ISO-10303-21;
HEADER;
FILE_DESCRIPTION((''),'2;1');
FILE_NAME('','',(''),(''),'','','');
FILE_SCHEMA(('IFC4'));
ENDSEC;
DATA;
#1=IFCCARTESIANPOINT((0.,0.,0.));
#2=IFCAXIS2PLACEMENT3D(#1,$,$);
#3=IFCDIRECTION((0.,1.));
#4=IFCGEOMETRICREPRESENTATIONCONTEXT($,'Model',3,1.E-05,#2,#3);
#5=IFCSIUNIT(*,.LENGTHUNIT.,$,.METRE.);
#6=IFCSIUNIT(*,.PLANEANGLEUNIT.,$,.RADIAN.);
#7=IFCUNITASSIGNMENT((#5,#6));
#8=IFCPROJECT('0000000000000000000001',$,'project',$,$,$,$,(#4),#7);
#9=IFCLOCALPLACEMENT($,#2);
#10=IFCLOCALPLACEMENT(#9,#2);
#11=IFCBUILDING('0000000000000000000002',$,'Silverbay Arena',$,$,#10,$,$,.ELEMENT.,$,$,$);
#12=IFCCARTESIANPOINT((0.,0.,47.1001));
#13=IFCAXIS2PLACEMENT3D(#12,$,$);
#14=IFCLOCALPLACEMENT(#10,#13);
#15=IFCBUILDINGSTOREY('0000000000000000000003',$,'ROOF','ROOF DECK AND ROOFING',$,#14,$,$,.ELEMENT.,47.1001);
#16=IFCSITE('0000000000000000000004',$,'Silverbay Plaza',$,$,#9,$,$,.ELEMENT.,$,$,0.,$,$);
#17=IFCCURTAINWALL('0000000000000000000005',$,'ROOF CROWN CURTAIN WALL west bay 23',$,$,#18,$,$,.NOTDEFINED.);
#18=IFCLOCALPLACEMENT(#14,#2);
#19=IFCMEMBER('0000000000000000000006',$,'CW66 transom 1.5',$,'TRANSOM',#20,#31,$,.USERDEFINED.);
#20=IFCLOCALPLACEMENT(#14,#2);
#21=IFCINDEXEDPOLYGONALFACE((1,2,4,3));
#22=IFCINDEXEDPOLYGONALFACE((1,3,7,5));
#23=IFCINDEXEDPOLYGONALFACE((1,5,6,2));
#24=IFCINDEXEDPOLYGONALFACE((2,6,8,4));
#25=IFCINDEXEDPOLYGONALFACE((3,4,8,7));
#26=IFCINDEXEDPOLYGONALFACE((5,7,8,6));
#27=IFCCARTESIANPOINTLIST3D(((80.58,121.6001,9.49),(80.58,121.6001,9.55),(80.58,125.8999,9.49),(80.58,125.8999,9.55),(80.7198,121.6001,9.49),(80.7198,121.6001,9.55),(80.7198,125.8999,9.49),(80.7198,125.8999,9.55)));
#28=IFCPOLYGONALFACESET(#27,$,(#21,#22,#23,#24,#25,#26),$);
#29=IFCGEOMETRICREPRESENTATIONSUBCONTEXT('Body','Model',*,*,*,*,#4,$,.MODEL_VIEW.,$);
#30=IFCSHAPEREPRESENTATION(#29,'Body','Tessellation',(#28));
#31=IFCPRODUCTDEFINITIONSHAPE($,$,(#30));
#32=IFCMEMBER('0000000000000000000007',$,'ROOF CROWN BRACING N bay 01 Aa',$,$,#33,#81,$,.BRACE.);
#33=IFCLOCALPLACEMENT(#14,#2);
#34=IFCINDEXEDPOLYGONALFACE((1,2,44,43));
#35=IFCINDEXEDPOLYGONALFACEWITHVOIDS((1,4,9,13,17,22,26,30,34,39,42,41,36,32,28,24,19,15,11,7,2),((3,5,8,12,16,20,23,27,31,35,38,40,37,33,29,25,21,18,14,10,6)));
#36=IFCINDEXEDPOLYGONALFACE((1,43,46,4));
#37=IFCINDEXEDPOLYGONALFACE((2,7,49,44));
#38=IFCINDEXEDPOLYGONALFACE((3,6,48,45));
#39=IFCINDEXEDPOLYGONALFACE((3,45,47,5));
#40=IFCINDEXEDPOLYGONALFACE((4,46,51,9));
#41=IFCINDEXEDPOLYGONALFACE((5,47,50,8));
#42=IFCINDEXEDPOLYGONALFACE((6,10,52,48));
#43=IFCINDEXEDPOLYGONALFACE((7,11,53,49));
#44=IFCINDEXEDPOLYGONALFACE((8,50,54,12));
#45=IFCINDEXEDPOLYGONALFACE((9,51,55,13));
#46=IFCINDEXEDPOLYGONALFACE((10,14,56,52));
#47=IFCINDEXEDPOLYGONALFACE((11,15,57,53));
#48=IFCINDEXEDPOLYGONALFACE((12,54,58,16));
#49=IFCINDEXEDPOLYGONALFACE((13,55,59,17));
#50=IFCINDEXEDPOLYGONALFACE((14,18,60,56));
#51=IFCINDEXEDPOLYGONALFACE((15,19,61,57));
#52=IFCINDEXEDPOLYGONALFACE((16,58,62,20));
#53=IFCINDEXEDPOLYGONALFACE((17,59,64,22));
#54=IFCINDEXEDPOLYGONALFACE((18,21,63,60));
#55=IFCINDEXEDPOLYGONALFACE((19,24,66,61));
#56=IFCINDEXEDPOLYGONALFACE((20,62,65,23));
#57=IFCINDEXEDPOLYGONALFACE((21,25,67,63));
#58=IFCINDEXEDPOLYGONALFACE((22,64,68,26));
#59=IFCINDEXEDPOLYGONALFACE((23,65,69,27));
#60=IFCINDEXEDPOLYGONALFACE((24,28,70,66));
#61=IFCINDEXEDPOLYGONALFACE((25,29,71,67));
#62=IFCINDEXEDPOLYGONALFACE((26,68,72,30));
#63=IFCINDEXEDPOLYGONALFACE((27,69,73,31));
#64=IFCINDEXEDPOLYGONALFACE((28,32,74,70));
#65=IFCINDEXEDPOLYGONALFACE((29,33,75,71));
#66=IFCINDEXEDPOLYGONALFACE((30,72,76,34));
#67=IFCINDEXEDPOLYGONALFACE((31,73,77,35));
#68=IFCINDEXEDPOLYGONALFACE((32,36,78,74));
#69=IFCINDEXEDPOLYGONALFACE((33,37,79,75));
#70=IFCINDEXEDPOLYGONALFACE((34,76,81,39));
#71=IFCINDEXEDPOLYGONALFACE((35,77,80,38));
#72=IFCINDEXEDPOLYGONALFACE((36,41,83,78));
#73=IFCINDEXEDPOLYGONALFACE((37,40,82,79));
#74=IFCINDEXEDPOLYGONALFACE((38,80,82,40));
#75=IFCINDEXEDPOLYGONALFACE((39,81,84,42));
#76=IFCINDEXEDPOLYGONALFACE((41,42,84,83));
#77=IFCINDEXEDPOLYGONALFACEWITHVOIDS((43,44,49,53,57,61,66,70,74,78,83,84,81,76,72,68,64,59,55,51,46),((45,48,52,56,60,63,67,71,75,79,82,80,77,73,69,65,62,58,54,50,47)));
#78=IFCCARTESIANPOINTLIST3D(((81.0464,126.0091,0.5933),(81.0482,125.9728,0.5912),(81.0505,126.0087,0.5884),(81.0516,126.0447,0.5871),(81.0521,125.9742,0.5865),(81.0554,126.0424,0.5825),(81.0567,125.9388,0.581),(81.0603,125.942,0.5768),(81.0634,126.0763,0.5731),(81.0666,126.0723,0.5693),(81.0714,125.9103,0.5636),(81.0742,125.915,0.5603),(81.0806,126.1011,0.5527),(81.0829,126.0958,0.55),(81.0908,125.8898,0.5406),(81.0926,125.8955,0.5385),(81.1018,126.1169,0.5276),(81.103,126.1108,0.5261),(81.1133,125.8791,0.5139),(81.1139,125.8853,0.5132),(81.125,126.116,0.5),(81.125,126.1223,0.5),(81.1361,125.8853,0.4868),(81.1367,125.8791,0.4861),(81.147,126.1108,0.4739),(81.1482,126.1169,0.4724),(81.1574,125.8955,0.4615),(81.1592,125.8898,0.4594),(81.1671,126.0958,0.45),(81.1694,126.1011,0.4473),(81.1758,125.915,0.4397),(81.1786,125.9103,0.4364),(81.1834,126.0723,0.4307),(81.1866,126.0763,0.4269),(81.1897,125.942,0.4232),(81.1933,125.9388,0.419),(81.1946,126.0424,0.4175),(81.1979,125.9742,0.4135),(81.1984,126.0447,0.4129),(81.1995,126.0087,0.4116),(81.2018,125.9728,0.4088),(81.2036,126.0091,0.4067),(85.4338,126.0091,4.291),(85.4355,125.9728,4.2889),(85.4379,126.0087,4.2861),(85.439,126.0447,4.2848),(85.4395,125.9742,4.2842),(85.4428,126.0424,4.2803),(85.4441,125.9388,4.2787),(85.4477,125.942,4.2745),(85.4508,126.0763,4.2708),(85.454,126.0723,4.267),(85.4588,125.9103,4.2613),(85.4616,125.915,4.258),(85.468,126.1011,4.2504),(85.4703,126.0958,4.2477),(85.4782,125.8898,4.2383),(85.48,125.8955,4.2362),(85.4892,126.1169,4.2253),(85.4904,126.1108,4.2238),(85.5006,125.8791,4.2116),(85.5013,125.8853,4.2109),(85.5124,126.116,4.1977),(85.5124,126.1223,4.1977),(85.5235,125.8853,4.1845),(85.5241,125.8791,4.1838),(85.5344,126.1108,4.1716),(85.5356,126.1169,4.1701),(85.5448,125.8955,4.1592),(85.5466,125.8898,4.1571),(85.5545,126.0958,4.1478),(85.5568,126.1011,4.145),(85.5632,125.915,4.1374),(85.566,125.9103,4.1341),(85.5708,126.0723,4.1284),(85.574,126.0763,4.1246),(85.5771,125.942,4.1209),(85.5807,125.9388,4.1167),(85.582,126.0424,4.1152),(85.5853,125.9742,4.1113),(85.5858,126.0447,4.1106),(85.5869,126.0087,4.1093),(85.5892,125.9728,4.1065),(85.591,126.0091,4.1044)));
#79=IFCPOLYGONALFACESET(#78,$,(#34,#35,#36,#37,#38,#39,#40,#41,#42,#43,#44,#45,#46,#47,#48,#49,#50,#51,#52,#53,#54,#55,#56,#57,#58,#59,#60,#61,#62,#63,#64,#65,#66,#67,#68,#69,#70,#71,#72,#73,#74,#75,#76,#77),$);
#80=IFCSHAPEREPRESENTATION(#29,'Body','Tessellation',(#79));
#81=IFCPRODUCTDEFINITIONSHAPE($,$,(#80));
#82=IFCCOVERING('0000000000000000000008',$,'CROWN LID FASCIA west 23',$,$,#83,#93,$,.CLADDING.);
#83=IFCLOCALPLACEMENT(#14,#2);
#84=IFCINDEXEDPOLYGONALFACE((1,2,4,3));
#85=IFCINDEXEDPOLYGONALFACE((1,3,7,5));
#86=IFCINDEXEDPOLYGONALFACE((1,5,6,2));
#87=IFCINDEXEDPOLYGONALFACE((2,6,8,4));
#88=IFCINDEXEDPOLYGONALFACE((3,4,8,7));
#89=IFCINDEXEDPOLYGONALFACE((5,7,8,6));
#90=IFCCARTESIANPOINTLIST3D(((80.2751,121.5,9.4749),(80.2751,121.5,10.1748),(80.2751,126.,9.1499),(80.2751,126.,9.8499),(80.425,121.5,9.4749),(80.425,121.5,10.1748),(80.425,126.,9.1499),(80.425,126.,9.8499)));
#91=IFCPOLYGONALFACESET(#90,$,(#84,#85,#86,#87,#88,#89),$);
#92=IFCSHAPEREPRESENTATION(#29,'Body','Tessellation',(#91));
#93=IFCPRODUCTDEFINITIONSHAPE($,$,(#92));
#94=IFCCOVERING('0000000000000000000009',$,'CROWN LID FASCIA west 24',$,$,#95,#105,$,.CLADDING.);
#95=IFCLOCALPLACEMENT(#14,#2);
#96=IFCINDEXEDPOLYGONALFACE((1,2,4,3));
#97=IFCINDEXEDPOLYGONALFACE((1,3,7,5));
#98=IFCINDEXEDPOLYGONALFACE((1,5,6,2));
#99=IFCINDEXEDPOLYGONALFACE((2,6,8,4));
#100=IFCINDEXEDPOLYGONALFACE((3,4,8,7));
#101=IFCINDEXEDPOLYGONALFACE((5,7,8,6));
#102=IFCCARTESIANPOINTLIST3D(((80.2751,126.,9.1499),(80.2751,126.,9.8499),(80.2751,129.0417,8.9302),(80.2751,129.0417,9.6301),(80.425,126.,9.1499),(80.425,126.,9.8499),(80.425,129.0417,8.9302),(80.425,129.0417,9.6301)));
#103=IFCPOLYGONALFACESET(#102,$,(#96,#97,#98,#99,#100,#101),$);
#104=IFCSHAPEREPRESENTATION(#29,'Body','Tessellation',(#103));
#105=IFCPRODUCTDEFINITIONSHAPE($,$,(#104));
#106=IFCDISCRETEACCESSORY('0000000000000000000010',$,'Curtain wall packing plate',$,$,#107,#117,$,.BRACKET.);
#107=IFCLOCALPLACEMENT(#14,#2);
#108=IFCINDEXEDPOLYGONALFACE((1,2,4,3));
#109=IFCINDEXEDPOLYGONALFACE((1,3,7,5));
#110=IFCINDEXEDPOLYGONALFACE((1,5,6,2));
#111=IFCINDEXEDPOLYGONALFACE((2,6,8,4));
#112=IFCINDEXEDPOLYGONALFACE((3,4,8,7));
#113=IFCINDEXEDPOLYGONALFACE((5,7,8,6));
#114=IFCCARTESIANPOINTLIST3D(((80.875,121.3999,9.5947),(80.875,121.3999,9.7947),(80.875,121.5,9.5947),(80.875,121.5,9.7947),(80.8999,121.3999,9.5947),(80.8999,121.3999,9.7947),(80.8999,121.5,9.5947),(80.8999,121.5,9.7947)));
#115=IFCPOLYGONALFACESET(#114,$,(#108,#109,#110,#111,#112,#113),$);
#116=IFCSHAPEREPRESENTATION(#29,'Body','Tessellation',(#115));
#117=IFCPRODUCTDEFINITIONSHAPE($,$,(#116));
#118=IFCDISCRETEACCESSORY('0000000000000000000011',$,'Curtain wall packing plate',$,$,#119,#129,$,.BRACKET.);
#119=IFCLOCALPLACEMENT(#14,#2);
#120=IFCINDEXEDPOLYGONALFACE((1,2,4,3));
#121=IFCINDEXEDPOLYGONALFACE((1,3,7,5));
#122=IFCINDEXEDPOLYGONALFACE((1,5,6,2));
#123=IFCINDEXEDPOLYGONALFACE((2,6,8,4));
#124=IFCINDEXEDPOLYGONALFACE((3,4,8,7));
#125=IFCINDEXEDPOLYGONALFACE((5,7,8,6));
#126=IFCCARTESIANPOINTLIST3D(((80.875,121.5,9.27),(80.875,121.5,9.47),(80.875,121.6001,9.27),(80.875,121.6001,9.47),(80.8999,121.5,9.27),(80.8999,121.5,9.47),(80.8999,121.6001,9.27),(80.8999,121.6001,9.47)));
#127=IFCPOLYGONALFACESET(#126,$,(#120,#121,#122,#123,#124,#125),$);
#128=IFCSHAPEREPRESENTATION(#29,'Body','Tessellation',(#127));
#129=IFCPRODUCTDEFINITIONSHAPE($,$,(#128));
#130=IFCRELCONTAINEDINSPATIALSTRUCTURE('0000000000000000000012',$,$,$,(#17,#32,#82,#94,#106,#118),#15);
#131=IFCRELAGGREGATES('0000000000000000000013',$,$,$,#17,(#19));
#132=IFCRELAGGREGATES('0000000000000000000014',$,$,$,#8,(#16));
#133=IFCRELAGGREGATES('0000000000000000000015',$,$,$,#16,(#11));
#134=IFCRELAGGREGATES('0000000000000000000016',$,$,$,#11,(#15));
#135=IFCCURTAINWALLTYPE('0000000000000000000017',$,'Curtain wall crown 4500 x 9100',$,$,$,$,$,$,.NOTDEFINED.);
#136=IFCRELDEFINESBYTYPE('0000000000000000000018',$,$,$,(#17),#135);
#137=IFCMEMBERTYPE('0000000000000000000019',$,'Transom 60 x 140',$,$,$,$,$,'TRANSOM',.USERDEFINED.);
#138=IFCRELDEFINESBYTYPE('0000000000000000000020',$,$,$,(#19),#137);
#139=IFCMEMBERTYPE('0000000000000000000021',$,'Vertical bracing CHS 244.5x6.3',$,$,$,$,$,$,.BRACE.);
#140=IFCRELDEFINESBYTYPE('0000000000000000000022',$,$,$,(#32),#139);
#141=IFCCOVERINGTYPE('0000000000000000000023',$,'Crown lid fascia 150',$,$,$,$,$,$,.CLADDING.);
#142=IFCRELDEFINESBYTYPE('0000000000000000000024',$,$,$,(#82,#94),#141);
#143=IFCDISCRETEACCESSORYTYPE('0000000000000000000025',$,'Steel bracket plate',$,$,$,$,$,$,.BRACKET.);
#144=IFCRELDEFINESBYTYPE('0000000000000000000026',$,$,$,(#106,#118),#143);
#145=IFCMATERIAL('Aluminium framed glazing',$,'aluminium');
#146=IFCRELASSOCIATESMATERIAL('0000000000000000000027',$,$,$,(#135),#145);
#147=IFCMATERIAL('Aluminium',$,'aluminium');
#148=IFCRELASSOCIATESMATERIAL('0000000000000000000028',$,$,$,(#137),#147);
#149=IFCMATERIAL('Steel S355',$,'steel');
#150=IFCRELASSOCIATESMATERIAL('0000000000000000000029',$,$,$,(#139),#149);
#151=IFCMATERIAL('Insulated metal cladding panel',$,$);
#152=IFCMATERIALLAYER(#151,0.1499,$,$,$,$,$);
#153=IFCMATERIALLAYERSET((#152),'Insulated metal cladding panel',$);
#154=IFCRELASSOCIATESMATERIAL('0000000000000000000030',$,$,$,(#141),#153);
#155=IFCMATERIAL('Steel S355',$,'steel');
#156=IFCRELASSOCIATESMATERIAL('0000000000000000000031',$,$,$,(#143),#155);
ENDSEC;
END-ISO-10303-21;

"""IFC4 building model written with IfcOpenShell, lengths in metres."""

from ifc_helpers import new_model, si_unit, direction, frame, origin, origin_2d, place, context, subcontext, project, spatial, polyline, rectangle, hollow_circle, outline, extrude, material, layer, layer_set, material_profile, profile_set, type_object, element, aggregate, save


model = new_model("IFC4")

# Units and contexts
model_context = context("Model", 3, precision=1e-05, world=origin(), true_north=direction((0.0, 1.0)))
body_context = subcontext(model_context, "Body", "Model", "MODEL_VIEW")
ifc_project = project(units=[si_unit("LENGTHUNIT", "METRE"), si_unit("PLANEANGLEUNIT", "RADIAN")], contexts=[model_context])

# Site, building, storey
site_placement = place(None, origin())
site = spatial("IfcSite", under=ifc_project, at=site_placement, Name="Silverbay Plaza", CompositionType="ELEMENT", RefElevation=0.0)
building_placement = place(site_placement, origin())
building = spatial("IfcBuilding", under=site, at=building_placement, Name="Silverbay Arena", CompositionType="ELEMENT")
storey_placement = place(building_placement, frame((0.0, 0.0, 47.1001)))
storey = spatial("IfcBuildingStorey", under=building, at=storey_placement, Name="ROOF", Description="ROOF DECK AND ROOFING", CompositionType="ELEMENT", Elevation=47.1001)

# Curtain wall
placement = place(building_placement, frame((0.0, 0.0, 33.5)))
ifc_material_1 = material(Name="Aluminium framed glazing", Category="aluminium")
curtain_wall_type_1 = type_object("IfcCurtainWallType", Name="Curtain wall crown 4500 x 9100", PredefinedType="NOTDEFINED", material=ifc_material_1)
curtain_wall_1_placement = place(storey_placement, origin())
curtain_wall_1 = element("IfcCurtainWall", 1, at=curtain_wall_1_placement, inside=storey, type_object=curtain_wall_type_1, Name="ROOF CROWN CURTAIN WALL west bay 23", PredefinedType="NOTDEFINED")

# Members
ifc_material_2 = material(Name="Aluminium", Category="aluminium")
ifc_material_profile_1 = material_profile(ifc_material_2, rectangle(XDim=0.1399, YDim=0.0601, at=origin_2d()), Name="Transom 60 x 140")
ifc_profile_set_1 = profile_set([ifc_material_profile_1], Name="Aluminium")
member_type_1 = type_object("IfcMemberType", Name="Transom 60 x 140", ElementType="TRANSOM", PredefinedType="USERDEFINED", material=ifc_profile_set_1)
member_1_placement = place(placement, frame((80.6499, 121.6001, 23.1201), z_axis=(0.0, 1.0, 0.0), x_axis=(-1.0, 0.0, 0.0)))
member_1 = element("IfcMember", 2, at=member_1_placement, type_object=member_type_1, Name="CW66 transom 1.5", ObjectType="TRANSOM", PredefinedType="USERDEFINED", context=body_context, shape_type="SweptSolid", body=[
    extrude(rectangle(XDim=0.1399, YDim=0.0601, at=origin_2d()), origin(), (0.0, 0.0, 1.0), 4.2998),
])
ifc_material_3 = material(Name="Steel S355", Category="steel")
ifc_material_profile_2 = material_profile(ifc_material_3, hollow_circle(Radius=0.1223, WallThickness=0.0063, at=origin_2d()), Name="CHS 244.5x6.3")
ifc_profile_set_2 = profile_set([ifc_material_profile_2], Name="Steel S355")
member_type_2 = type_object("IfcMemberType", Name="Vertical bracing CHS 244.5x6.3", PredefinedType="BRACE", material=ifc_profile_set_2)
member_2_placement = place(storey_placement, frame((81.125, 126.0, 0.5), z_axis=(0.764649, 0.0, 0.644448), x_axis=(0.0, 1.0, 0.0)))
element("IfcMember", 3, at=member_2_placement, inside=storey, type_object=member_type_2, Name="ROOF CROWN BRACING N bay 01 Aa", PredefinedType="BRACE", context=body_context, shape_type="SweptSolid", body=[
    extrude(hollow_circle(Radius=0.1223, WallThickness=0.0063, at=origin_2d()), origin(), (0.0, 0.0, 1.0), 5.7378),
])

aggregate(curtain_wall_1, [member_1])

# Coverings
ifc_material_4 = material(Name="Insulated metal cladding panel")
ifc_layer_1 = layer(ifc_material_4, 0.1499)
ifc_layer_set_1 = layer_set([ifc_layer_1], Name="Insulated metal cladding panel")
covering_type = type_object("IfcCoveringType", Name="Crown lid fascia 150", PredefinedType="CLADDING", material=ifc_layer_set_1)
covering_1_placement = place(storey_placement, frame((80.425, 121.5, 9.4749), z_axis=(1.0, 0.0, 0.0), x_axis=(0.0, 0.997403, -0.072024)))
element("IfcCovering", 4, at=covering_1_placement, inside=storey, type_object=covering_type, Name="CROWN LID FASCIA west 23", PredefinedType="CLADDING", context=body_context, shape_type="SweptSolid", body=[
    extrude(outline(polyline([(0.0, 0.0), (4.5117, 0.0), (4.4613, 0.6981), (-0.0504, 0.6981), (0.0, 0.0)])), origin(), (0.0, 0.0, -1.0), 0.1499),
])
covering_2_placement = place(storey_placement, frame((80.425, 126.0, 9.1499), z_axis=(1.0, 0.0, 0.0), x_axis=(0.0, 0.997401, -0.072049)))
element("IfcCovering", 5, at=covering_2_placement, inside=storey, type_object=covering_type, Name="CROWN LID FASCIA west 24", PredefinedType="CLADDING", context=body_context, shape_type="SweptSolid", body=[
    extrude(outline(polyline([(0.0, 0.0), (3.0497, 0.0), (2.9992, 0.6981), (-0.0504, 0.6981), (0.0, 0.0)])), origin(), (0.0, 0.0, -1.0), 0.1499),
])

# Discrete accessories
ifc_material_5 = material(Name="Steel S355", Category="steel")
discrete_accessory_type = type_object("IfcDiscreteAccessoryType", Name="Steel bracket plate", PredefinedType="BRACKET", material=ifc_material_5)
for number, where, z_axis, x_axis, name in (
    (6, (80.8875, 121.45, 9.5947), (0.0, 0.0, 1.0), (1.0, 0.0, 0.0), "Curtain wall packing plate"),
    (7, (80.8875, 121.55, 9.27), (0.0, 0.0, 1.0), (1.0, 0.0, 0.0), "Curtain wall packing plate"),
):
    element("IfcDiscreteAccessory", number, at=place(storey_placement, frame(where, z_axis=z_axis, x_axis=x_axis)), inside=storey, type_object=discrete_accessory_type, Name=name, PredefinedType="BRACKET", context=body_context, shape_type="SweptSolid", body=[
        extrude(rectangle(XDim=0.0249, YDim=0.1001, at=origin_2d()), origin(), (0.0, 0.0, 1.0), 0.2),
    ])

save(model, "model.ifc")
